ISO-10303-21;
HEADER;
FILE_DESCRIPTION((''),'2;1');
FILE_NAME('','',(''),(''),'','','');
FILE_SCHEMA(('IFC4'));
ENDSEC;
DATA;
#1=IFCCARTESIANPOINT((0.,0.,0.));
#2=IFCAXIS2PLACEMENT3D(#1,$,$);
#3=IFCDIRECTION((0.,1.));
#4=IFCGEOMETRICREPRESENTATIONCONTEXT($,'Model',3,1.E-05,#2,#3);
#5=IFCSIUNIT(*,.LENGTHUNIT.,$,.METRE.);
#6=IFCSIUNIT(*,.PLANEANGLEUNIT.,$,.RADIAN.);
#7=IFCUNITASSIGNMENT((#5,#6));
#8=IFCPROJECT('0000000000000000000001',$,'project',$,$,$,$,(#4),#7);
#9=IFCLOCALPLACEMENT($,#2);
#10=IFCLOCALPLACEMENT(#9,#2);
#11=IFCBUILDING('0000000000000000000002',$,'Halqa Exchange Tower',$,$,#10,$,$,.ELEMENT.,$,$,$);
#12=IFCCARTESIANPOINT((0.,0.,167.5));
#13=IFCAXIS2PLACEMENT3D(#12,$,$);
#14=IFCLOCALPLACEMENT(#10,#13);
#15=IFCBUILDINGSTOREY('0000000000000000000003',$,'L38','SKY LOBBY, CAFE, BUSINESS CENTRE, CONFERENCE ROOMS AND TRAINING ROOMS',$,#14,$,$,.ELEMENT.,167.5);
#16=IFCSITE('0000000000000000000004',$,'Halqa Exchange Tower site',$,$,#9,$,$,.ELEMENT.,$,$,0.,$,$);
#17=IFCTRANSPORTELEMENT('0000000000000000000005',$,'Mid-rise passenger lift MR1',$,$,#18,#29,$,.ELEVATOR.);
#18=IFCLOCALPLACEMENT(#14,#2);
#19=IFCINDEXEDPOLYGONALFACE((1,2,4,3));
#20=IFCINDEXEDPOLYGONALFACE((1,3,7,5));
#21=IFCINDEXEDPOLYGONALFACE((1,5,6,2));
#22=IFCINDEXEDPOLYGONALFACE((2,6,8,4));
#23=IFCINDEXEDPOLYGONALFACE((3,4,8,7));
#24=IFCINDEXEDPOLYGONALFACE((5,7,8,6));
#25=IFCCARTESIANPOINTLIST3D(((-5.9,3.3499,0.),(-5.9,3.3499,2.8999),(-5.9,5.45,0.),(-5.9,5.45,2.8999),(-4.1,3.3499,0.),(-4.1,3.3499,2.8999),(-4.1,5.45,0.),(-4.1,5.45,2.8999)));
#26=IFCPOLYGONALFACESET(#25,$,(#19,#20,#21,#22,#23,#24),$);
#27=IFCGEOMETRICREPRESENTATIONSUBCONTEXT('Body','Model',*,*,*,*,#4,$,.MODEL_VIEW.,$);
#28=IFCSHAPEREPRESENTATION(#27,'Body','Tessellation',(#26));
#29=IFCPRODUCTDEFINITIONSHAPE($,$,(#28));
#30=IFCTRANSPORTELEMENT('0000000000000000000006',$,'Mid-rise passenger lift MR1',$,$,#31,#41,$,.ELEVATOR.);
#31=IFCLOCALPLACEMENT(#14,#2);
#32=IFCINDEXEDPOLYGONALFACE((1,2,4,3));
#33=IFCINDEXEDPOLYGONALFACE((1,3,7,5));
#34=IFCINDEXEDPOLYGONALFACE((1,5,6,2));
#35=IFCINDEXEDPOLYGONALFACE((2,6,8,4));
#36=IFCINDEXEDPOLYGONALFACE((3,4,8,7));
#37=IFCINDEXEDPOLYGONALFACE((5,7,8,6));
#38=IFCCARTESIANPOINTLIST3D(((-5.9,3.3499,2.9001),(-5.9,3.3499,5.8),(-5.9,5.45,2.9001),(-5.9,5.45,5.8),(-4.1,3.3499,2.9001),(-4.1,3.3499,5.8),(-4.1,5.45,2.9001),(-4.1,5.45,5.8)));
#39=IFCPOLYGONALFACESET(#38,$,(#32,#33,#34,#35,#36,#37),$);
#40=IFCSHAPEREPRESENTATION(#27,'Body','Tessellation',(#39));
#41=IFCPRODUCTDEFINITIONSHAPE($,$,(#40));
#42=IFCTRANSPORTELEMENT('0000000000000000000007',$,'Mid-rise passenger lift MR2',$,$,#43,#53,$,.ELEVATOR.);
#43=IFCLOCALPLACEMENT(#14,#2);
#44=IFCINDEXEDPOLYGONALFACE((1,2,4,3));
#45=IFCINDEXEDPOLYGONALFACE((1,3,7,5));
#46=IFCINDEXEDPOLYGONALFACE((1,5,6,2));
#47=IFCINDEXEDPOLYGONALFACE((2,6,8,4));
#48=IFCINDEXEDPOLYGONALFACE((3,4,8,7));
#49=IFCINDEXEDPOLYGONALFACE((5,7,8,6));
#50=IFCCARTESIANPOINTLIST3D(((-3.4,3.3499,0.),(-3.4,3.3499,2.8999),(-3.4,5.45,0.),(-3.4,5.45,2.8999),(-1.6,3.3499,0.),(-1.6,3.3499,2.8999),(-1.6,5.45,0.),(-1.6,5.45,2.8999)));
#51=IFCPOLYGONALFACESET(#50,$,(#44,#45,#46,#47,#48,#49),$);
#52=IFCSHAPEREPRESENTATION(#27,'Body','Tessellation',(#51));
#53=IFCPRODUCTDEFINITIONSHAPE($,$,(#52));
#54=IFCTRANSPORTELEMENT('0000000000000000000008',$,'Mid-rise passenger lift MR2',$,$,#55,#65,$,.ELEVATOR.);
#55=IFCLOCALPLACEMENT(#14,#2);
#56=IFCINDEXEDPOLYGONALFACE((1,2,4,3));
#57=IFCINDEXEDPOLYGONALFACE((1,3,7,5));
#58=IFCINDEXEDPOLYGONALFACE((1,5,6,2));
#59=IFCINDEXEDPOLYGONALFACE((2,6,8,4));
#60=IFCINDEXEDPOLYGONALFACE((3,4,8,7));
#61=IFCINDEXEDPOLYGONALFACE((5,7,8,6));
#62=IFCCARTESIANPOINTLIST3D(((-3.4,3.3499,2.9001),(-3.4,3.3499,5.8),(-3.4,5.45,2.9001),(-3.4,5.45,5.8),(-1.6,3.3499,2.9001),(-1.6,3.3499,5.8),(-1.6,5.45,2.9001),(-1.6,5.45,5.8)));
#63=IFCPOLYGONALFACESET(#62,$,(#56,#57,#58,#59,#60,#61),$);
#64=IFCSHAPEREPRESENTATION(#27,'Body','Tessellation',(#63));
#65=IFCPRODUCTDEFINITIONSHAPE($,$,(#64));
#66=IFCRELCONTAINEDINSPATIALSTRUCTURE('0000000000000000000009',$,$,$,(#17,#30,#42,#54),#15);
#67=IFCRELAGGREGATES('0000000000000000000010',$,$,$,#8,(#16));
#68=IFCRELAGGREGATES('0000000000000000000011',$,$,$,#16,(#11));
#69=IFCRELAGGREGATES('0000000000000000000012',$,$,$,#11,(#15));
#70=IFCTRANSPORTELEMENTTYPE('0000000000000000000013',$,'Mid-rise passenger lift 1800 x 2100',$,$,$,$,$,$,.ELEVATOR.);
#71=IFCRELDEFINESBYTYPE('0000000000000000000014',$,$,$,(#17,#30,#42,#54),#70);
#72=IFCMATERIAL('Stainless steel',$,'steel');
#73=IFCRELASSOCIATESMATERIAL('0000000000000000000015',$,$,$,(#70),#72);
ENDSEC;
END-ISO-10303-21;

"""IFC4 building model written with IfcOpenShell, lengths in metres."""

from ifc_helpers import new_model, si_unit, direction, frame, origin, origin_2d, place, context, subcontext, project, spatial, rectangle, extrude, material, type_object, element, save


model = new_model("IFC4")

# Units and contexts
model_context = context("Model", 3, precision=1e-05, world=origin(), true_north=direction((0.0, 1.0)))
body_context = subcontext(model_context, "Body", "Model", "MODEL_VIEW")
ifc_project = project(units=[si_unit("LENGTHUNIT", "METRE"), si_unit("PLANEANGLEUNIT", "RADIAN")], contexts=[model_context])

# Site, building, storey
site_placement = place(None, origin())
site = spatial("IfcSite", under=ifc_project, at=site_placement, Name="Halqa Exchange Tower site", CompositionType="ELEMENT", RefElevation=0.0)
building_placement = place(site_placement, origin())
building = spatial("IfcBuilding", under=site, at=building_placement, Name="Halqa Exchange Tower", CompositionType="ELEMENT")
storey_placement = place(building_placement, frame((0.0, 0.0, 167.5)))
storey = spatial("IfcBuildingStorey", under=building, at=storey_placement, Name="L38", Description="SKY LOBBY, CAFE, BUSINESS CENTRE, CONFERENCE ROOMS AND TRAINING ROOMS", CompositionType="ELEMENT", Elevation=167.5)

# Shared definitions
ifc_material_1 = material(Name="Stainless steel", Category="steel")

# Transport elements
transport_element_type_1 = type_object("IfcTransportElementType", Name="Mid-rise passenger lift 1800 x 2100", PredefinedType="ELEVATOR", material=ifc_material_1)
for number, where, z_axis, x_axis, name in (
    (1, (-5.0, 4.3999, 0.0), (0.0, 0.0, 1.0), (1.0, 0.0, 0.0), "Mid-rise passenger lift MR1"),
    (2, (-5.0, 4.3999, 2.9001), (0.0, 0.0, 1.0), (1.0, 0.0, 0.0), "Mid-rise passenger lift MR1"),
    (3, (-2.5, 4.3999, 0.0), (0.0, 0.0, 1.0), (1.0, 0.0, 0.0), "Mid-rise passenger lift MR2"),
    (4, (-2.5, 4.3999, 2.9001), (0.0, 0.0, 1.0), (1.0, 0.0, 0.0), "Mid-rise passenger lift MR2"),
):
    element("IfcTransportElement", number, at=place(storey_placement, frame(where, z_axis=z_axis, x_axis=x_axis)), inside=storey, type_object=transport_element_type_1, Name=name, PredefinedType="ELEVATOR", context=body_context, shape_type="SweptSolid", body=[
        extrude(rectangle(XDim=1.8, YDim=2.1001, at=origin_2d()), origin(), (0.0, 0.0, 1.0), 2.8999),
    ])

save(model, "model.ifc")
